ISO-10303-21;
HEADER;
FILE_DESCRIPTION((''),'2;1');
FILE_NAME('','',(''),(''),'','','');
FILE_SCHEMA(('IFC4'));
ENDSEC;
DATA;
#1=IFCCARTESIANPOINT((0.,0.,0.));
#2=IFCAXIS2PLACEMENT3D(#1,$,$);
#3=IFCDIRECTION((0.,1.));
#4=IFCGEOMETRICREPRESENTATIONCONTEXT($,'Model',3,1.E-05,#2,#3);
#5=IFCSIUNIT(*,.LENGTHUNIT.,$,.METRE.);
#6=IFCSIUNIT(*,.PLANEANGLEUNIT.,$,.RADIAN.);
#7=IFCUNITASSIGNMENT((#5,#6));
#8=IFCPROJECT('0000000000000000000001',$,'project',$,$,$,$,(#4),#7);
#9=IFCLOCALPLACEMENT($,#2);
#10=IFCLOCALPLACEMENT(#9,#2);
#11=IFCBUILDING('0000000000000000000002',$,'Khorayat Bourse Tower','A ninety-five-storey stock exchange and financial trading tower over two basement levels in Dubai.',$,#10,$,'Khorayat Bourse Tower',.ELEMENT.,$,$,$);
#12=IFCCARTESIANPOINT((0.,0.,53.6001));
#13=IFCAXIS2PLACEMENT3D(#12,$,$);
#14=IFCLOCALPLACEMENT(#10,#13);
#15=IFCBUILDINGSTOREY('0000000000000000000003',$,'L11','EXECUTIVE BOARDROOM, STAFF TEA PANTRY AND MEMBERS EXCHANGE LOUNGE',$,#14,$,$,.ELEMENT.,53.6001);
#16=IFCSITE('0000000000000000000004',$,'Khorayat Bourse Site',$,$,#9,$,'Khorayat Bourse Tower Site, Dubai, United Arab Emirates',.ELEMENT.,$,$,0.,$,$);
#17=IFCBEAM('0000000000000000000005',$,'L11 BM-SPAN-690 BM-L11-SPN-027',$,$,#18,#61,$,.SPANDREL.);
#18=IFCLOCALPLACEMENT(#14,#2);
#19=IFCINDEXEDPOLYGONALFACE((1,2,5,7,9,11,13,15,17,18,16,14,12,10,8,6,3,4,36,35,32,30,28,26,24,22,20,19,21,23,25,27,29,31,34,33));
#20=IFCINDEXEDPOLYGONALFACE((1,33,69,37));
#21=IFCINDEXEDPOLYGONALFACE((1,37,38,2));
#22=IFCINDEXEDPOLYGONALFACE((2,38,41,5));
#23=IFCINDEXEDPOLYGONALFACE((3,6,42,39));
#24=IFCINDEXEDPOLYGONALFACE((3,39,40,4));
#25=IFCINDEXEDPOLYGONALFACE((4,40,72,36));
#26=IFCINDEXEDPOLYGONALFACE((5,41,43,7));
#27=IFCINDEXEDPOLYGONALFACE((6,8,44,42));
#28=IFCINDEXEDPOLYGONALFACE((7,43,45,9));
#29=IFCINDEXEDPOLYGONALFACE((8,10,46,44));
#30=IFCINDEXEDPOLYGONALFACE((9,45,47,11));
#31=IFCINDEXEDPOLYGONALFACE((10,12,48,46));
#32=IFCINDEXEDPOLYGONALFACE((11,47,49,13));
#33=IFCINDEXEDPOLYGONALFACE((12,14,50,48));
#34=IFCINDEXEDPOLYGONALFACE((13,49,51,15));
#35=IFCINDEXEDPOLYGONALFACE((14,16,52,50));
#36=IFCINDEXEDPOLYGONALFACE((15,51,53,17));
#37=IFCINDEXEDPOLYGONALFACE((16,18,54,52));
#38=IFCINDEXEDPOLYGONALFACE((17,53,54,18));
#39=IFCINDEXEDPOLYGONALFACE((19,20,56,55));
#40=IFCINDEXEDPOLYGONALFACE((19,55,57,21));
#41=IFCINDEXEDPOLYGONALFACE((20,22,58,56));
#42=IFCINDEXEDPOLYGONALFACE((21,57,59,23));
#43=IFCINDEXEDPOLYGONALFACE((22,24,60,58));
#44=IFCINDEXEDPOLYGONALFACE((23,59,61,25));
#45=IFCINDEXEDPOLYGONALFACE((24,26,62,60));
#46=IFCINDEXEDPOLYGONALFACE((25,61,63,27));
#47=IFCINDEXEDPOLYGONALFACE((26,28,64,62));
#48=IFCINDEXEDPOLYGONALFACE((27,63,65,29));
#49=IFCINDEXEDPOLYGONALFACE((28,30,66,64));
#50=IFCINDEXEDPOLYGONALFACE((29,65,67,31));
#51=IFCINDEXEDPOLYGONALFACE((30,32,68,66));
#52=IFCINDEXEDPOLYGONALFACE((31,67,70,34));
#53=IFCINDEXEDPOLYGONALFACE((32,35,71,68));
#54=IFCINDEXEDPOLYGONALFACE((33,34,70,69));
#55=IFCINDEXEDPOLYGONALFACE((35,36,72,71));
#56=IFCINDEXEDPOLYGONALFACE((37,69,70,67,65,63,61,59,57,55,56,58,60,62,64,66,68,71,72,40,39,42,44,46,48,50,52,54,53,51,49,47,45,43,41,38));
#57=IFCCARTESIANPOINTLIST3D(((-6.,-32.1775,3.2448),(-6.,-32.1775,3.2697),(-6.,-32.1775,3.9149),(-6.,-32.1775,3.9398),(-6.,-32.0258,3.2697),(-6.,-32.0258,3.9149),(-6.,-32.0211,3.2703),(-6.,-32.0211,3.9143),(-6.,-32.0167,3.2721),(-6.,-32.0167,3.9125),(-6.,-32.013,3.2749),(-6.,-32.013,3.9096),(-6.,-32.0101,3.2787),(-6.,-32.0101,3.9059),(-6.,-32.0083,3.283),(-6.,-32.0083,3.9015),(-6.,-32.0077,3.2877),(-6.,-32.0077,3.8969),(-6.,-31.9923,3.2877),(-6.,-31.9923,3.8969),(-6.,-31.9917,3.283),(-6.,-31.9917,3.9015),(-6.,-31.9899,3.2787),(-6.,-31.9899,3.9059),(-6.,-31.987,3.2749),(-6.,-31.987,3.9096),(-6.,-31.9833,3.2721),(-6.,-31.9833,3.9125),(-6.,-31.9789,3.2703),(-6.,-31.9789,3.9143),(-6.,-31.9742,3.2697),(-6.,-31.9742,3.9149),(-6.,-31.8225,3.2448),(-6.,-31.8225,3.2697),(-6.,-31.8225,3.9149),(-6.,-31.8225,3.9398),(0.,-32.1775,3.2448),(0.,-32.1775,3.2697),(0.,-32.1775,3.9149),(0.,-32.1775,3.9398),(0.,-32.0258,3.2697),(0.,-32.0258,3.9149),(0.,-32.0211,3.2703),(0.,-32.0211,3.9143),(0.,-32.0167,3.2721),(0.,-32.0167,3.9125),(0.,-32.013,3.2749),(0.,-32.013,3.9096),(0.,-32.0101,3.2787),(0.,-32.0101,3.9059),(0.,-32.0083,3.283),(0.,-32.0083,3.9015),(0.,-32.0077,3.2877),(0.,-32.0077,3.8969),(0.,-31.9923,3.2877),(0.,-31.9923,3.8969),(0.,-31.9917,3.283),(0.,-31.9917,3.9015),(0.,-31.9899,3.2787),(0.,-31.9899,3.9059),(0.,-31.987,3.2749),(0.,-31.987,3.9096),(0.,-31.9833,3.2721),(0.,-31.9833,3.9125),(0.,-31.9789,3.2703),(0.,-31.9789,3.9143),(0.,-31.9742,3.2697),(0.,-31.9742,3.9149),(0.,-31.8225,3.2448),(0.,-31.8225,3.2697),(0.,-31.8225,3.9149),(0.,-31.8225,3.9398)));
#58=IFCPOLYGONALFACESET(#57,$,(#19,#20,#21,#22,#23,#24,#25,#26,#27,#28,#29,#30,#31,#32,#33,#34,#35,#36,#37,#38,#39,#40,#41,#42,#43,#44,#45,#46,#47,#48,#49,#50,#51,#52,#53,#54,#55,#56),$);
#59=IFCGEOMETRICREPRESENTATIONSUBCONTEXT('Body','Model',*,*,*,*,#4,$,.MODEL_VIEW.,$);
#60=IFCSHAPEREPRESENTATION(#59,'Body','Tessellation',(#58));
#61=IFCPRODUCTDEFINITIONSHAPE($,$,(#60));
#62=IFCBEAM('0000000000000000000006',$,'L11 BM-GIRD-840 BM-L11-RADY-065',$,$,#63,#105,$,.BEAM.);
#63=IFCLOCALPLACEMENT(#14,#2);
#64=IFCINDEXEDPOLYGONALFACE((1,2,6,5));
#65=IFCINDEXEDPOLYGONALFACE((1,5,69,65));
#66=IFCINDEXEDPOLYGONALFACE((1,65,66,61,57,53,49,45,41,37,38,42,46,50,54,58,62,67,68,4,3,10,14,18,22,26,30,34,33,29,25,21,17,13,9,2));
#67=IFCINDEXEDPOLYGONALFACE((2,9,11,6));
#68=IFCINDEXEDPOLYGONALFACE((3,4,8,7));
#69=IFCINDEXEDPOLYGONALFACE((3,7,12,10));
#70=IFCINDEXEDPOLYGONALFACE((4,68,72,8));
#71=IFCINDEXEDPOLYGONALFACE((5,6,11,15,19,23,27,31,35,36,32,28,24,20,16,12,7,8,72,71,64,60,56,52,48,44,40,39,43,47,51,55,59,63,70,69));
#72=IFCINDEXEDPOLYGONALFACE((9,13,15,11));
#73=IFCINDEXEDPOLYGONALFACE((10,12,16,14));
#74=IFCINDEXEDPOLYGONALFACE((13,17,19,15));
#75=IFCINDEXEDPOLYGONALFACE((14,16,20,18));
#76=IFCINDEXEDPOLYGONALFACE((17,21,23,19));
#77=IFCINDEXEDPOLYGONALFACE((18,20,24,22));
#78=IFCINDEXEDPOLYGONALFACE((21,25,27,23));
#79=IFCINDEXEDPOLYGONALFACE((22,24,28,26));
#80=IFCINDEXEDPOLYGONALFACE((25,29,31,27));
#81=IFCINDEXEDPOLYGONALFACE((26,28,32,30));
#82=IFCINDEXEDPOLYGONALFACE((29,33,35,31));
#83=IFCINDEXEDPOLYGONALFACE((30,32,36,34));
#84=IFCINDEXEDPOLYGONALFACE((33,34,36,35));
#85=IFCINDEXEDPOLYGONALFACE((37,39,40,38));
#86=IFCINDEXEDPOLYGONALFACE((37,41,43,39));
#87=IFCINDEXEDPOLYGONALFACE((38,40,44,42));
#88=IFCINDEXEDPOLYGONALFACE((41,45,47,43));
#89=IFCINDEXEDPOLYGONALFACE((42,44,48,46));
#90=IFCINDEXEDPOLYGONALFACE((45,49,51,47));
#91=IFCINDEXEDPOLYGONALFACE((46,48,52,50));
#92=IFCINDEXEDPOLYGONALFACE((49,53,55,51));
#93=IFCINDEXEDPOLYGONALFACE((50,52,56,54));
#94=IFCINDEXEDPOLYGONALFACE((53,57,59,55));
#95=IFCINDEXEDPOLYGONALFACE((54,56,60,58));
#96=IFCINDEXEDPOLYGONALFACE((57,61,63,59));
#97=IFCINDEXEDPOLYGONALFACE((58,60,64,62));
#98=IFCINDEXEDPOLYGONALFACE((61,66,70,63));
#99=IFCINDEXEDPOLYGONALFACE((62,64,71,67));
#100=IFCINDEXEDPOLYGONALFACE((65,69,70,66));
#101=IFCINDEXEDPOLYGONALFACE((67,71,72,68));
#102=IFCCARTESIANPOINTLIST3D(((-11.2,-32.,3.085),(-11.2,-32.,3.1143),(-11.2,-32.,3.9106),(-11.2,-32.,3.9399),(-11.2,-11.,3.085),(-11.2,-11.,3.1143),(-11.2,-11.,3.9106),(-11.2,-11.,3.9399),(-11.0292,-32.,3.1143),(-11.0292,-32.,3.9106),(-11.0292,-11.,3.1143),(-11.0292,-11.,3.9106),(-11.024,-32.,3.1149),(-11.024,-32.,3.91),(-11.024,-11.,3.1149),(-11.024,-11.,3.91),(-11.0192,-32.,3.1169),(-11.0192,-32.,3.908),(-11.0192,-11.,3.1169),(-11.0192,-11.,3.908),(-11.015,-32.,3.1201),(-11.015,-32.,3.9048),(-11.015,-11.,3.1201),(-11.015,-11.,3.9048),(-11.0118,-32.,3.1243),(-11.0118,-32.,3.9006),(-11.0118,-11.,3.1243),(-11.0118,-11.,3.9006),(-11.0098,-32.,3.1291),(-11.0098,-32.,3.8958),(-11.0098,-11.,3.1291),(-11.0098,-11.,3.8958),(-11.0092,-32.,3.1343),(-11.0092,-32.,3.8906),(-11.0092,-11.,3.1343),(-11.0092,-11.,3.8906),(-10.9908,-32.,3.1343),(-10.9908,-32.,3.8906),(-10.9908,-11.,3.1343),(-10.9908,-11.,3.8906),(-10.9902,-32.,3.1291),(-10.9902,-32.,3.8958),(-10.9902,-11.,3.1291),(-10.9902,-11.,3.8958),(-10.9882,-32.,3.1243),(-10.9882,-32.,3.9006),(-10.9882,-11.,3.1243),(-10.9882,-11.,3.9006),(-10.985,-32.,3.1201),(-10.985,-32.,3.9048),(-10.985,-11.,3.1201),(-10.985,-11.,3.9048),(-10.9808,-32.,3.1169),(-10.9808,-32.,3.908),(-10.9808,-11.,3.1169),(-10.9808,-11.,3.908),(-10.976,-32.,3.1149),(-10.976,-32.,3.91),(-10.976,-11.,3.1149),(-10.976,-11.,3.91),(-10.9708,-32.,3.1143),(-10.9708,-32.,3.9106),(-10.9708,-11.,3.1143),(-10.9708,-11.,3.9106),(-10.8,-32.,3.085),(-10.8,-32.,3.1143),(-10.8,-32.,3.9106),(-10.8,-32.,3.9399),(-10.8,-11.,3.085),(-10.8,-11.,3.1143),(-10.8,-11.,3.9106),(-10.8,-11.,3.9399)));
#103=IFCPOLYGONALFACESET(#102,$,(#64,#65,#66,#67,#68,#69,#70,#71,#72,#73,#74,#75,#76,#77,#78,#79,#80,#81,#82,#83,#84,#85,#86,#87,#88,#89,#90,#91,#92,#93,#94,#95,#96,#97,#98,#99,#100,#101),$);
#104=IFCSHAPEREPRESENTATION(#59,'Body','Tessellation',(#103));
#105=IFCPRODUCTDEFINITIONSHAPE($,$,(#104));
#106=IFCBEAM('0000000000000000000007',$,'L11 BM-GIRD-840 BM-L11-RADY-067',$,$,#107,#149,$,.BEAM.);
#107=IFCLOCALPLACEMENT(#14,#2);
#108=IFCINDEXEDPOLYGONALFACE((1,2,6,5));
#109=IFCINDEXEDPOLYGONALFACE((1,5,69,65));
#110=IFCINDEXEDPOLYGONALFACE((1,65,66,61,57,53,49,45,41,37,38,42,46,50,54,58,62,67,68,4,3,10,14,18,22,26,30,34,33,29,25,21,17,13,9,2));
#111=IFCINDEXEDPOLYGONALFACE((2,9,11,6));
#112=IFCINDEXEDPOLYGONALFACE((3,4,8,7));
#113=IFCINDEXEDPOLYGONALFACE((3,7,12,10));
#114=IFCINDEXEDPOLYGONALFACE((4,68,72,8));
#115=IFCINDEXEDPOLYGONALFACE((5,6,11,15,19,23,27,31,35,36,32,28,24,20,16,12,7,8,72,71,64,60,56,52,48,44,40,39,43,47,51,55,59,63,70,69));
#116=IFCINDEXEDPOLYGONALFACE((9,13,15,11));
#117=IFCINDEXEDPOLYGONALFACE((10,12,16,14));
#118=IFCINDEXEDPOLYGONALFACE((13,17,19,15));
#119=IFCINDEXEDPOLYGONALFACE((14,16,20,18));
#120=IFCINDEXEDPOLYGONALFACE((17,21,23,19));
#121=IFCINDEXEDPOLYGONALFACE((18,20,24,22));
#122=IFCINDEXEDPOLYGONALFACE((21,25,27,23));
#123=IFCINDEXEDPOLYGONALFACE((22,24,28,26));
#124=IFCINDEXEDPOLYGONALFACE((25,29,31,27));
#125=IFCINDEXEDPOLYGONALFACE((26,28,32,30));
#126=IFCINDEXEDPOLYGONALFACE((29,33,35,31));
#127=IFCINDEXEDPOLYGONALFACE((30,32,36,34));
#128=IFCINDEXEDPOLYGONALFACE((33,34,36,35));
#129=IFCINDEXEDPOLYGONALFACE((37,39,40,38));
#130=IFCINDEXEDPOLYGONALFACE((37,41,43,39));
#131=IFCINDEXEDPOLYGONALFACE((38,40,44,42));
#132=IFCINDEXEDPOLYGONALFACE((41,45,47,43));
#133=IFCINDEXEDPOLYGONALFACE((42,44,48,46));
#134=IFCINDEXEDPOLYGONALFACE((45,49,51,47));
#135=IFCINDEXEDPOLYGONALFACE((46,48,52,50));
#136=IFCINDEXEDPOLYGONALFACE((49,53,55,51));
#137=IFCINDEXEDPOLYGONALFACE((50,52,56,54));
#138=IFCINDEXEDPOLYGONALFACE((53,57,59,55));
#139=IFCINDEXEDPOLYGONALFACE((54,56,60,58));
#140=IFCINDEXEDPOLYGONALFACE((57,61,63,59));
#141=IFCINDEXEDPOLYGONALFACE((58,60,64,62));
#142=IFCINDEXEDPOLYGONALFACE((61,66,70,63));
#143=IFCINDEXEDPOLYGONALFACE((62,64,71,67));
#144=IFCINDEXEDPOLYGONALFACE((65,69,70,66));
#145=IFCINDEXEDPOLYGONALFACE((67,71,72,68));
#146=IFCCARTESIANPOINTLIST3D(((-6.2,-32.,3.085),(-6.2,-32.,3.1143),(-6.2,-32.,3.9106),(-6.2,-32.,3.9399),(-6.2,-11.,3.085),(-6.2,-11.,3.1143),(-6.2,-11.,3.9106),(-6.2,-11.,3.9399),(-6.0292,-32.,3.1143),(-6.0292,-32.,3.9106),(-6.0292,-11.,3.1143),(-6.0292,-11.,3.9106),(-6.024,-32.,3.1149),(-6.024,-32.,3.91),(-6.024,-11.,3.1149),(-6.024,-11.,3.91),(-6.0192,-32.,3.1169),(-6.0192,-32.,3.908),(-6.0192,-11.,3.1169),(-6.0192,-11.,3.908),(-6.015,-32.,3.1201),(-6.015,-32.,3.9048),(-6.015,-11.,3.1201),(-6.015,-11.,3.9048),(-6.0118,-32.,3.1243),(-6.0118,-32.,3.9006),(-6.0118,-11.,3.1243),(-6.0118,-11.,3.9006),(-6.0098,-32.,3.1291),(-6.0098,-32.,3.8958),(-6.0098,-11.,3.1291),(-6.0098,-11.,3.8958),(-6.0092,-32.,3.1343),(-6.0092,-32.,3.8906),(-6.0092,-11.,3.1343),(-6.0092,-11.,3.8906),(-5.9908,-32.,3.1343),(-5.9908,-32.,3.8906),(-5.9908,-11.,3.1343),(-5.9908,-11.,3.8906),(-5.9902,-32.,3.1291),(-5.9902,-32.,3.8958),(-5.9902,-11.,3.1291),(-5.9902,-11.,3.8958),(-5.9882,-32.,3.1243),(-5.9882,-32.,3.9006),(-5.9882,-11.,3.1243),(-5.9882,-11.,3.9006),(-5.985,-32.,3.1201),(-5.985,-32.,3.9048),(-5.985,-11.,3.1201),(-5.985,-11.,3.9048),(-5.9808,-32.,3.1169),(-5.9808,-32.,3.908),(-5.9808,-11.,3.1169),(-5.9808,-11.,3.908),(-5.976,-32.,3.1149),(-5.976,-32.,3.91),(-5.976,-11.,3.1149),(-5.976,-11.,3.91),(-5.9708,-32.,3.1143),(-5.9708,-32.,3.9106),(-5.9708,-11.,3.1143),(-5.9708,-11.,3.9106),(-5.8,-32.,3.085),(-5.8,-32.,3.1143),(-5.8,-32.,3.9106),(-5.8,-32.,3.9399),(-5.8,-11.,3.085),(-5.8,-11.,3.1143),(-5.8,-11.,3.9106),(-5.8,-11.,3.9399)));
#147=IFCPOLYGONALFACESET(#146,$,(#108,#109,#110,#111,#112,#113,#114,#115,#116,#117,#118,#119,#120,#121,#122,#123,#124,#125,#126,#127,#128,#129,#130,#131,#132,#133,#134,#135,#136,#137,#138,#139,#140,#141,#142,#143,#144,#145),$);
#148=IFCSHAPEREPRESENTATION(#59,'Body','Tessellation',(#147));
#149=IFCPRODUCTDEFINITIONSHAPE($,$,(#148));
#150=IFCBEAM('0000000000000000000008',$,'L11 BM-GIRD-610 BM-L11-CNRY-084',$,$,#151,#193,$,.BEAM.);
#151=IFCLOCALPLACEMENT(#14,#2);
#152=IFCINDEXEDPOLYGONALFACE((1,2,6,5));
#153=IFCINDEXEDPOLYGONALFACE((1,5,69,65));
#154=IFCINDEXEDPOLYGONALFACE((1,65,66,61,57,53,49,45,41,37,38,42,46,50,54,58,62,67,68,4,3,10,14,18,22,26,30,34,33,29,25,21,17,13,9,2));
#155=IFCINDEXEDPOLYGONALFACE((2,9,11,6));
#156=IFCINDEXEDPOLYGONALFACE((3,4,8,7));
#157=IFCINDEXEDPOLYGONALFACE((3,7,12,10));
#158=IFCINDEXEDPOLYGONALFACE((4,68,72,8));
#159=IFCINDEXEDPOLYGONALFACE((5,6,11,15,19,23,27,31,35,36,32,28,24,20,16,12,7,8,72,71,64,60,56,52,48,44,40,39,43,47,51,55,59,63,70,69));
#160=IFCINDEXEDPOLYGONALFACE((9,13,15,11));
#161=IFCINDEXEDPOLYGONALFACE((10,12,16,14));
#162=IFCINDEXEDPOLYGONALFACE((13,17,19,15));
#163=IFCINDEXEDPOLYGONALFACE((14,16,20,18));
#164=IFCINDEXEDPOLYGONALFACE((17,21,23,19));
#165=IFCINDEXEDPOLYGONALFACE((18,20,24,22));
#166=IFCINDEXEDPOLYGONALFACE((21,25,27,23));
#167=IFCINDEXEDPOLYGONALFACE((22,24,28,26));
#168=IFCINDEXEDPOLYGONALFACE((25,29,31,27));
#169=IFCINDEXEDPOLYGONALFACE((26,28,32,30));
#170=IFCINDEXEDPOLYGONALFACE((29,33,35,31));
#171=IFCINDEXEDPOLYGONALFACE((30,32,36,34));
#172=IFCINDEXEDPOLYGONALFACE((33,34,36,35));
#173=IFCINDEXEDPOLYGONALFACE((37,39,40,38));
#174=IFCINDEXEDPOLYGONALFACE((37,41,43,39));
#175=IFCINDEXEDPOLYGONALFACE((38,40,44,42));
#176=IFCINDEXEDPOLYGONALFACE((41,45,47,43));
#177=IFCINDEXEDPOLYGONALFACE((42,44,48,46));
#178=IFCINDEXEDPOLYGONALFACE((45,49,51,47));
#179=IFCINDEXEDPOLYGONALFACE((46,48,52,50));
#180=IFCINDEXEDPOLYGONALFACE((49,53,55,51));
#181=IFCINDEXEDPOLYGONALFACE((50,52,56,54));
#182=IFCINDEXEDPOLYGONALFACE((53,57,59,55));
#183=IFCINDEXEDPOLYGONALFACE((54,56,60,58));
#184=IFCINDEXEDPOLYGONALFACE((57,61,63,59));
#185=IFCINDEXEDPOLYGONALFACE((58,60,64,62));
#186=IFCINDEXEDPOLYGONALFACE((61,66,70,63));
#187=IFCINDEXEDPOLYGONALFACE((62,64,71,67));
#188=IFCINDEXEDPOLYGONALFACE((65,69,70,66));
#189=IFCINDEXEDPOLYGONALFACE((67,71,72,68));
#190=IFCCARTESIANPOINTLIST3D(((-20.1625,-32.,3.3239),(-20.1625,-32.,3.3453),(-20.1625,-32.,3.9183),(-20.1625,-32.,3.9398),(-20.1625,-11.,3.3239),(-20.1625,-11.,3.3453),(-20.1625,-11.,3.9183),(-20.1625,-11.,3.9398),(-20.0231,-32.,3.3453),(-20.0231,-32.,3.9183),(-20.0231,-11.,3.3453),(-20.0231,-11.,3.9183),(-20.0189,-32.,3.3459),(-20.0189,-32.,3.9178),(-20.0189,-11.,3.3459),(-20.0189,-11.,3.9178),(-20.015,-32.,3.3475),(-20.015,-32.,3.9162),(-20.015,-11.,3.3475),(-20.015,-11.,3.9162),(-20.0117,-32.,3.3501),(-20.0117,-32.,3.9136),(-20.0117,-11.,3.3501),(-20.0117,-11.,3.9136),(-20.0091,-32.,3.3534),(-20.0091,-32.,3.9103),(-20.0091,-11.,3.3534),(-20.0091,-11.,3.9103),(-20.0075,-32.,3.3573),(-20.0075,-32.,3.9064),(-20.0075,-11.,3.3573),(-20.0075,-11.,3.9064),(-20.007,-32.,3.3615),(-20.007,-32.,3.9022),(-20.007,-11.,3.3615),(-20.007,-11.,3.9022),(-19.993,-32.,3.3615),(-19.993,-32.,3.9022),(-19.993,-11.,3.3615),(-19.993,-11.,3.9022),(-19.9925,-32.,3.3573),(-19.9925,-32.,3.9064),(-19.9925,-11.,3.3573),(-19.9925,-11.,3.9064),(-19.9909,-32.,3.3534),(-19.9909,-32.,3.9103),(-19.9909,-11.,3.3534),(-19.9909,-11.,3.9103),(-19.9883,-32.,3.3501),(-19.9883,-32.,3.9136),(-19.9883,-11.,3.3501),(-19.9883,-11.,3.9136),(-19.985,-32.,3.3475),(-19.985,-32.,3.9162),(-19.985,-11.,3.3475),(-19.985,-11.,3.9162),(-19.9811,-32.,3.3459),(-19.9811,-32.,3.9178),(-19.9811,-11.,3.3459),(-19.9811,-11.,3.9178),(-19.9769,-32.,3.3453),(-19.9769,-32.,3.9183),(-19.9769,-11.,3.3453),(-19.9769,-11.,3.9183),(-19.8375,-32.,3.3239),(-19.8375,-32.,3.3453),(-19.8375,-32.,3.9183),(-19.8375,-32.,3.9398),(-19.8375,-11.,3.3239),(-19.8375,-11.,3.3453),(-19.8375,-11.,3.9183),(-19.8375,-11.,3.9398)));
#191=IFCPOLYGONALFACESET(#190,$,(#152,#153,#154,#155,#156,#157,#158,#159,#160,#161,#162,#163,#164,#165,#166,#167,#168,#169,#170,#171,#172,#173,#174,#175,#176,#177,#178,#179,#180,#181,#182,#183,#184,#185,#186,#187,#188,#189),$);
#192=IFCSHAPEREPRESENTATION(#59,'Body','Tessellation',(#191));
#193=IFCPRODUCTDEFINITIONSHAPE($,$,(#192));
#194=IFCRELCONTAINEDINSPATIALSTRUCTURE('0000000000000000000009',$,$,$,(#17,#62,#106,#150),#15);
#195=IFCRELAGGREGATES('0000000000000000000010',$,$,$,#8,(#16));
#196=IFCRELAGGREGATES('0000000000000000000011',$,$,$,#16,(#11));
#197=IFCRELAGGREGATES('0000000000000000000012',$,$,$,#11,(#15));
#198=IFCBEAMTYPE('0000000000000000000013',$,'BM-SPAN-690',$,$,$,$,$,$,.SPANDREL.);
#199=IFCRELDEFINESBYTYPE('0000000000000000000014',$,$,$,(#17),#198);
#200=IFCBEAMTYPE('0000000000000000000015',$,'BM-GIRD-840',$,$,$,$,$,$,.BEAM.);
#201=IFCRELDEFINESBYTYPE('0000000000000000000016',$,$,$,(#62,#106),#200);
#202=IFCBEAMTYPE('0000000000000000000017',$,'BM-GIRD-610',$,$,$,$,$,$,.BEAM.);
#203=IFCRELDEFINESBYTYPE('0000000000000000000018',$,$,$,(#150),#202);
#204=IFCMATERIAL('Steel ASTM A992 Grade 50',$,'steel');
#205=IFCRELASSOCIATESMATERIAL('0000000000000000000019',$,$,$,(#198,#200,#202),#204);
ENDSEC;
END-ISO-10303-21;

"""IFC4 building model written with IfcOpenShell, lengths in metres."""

from ifc_helpers import new_model, si_unit, direction, frame, origin, origin_2d, place, context, subcontext, project, spatial, i_section, extrude, source, transform, mapped, material, material_profile, profile_set, type_object, element, save


model = new_model("IFC4")

# Units and contexts
model_context = context("Model", 3, precision=1e-05, world=origin(), true_north=direction((0.0, 1.0)))
body_context = subcontext(model_context, "Body", "Model", "MODEL_VIEW")
ifc_project = project(units=[si_unit("LENGTHUNIT", "METRE"), si_unit("PLANEANGLEUNIT", "RADIAN")], contexts=[model_context])

# Site, building, storey
site_placement = place(None, origin())
site = spatial("IfcSite", under=ifc_project, at=site_placement, Name="Khorayat Bourse Site", LongName="Khorayat Bourse Tower Site, Dubai, United Arab Emirates", CompositionType="ELEMENT", RefElevation=0.0)
building_placement = place(site_placement, origin())
building = spatial("IfcBuilding", under=site, at=building_placement, Name="Khorayat Bourse Tower", Description="A ninety-five-storey stock exchange and financial trading tower over two basement levels in Dubai.", LongName="Khorayat Bourse Tower", CompositionType="ELEMENT")
storey_placement = place(building_placement, frame((0.0, 0.0, 53.6001)))
storey = spatial("IfcBuildingStorey", under=building, at=storey_placement, Name="L11", Description="EXECUTIVE BOARDROOM, STAFF TEA PANTRY AND MEMBERS EXCHANGE LOUNGE", CompositionType="ELEMENT", Elevation=53.6001)

# Beams
ifc_material_1 = material(Name="Steel ASTM A992 Grade 50", Category="steel")
ifc_material_profile_1 = material_profile(ifc_material_1, i_section(OverallWidth=0.355, OverallDepth=0.6951, WebThickness=0.0154, FlangeThickness=0.0249, FilletRadius=0.0181, at=origin_2d()), Name="W690X217")
ifc_profile_set_1 = profile_set([ifc_material_profile_1], Name="Steel ASTM A992 Grade 50")
beam_type_1 = type_object("IfcBeamType", Name="BM-SPAN-690", PredefinedType="SPANDREL", material=ifc_profile_set_1)
shared_shape_1 = source(origin(), body_context, "Body", "SweptSolid", [
    extrude(i_section(OverallWidth=0.355, OverallDepth=0.6951, WebThickness=0.0154, FlangeThickness=0.0249, FilletRadius=0.0181, at=origin_2d()), origin(), (0.0, 0.0, 1.0), 6.0),
])
beam_1_placement = place(storey_placement, frame((-6.0, -32.0, 3.5923), z_axis=(1.0, 0.0, 0.0), x_axis=(0.0, 1.0, 0.0)))
element("IfcBeam", 1, at=beam_1_placement, inside=storey, type_object=beam_type_1, Name="L11 BM-SPAN-690 BM-L11-SPN-027", PredefinedType="SPANDREL", context=body_context, shape_type="MappedRepresentation", body=[
    mapped(shared_shape_1, transform((0.0, 0.0, 0.0), scale=1.0)),
])
ifc_material_profile_2 = material_profile(ifc_material_1, i_section(OverallWidth=0.3999, OverallDepth=0.855, WebThickness=0.0183, FlangeThickness=0.0293, FilletRadius=0.02, at=origin_2d()), Name="W840X299")
ifc_profile_set_2 = profile_set([ifc_material_profile_2], Name="Steel ASTM A992 Grade 50")
beam_type_2 = type_object("IfcBeamType", Name="BM-GIRD-840", PredefinedType="BEAM", material=ifc_profile_set_2)
shared_shape_2 = source(origin(), body_context, "Body", "SweptSolid", [
    extrude(i_section(OverallWidth=0.3999, OverallDepth=0.855, WebThickness=0.0183, FlangeThickness=0.0293, FilletRadius=0.02, at=origin_2d()), origin(), (0.0, 0.0, 1.0), 21.0),
])
for number, where, z_axis, x_axis, name in (
    (2, (-11.0, -32.0, 3.5125), (0.0, 1.0, 0.0), (-1.0, 0.0, 0.0), "L11 BM-GIRD-840 BM-L11-RADY-065"),
    (3, (-6.0, -32.0, 3.5125), (0.0, 1.0, 0.0), (-1.0, 0.0, 0.0), "L11 BM-GIRD-840 BM-L11-RADY-067"),
):
    element("IfcBeam", number, at=place(storey_placement, frame(where, z_axis=z_axis, x_axis=x_axis)), inside=storey, type_object=beam_type_2, Name=name, PredefinedType="BEAM", context=body_context, shape_type="MappedRepresentation", body=[
        mapped(shared_shape_2, transform((0.0, 0.0, 0.0), scale=1.0)),
    ])
ifc_material_profile_3 = material_profile(ifc_material_1, i_section(OverallWidth=0.325, OverallDepth=0.616, WebThickness=0.0139, FlangeThickness=0.0215, FilletRadius=0.0161, at=origin_2d()), Name="W610X174")
ifc_profile_set_3 = profile_set([ifc_material_profile_3], Name="Steel ASTM A992 Grade 50")
beam_type_3 = type_object("IfcBeamType", Name="BM-GIRD-610", PredefinedType="BEAM", material=ifc_profile_set_3)
shared_shape_3 = source(origin(), body_context, "Body", "SweptSolid", [
    extrude(i_section(OverallWidth=0.325, OverallDepth=0.616, WebThickness=0.0139, FlangeThickness=0.0215, FilletRadius=0.0161, at=origin_2d()), origin(), (0.0, 0.0, 1.0), 21.0),
])
beam_2_placement = place(storey_placement, frame((-20.0, -32.0, 3.6318), z_axis=(0.0, 1.0, 0.0), x_axis=(-1.0, 0.0, 0.0)))
element("IfcBeam", 4, at=beam_2_placement, inside=storey, type_object=beam_type_3, Name="L11 BM-GIRD-610 BM-L11-CNRY-084", PredefinedType="BEAM", context=body_context, shape_type="MappedRepresentation", body=[
    mapped(shared_shape_3, transform((0.0, 0.0, 0.0), scale=1.0)),
])

save(model, "model.ifc")
